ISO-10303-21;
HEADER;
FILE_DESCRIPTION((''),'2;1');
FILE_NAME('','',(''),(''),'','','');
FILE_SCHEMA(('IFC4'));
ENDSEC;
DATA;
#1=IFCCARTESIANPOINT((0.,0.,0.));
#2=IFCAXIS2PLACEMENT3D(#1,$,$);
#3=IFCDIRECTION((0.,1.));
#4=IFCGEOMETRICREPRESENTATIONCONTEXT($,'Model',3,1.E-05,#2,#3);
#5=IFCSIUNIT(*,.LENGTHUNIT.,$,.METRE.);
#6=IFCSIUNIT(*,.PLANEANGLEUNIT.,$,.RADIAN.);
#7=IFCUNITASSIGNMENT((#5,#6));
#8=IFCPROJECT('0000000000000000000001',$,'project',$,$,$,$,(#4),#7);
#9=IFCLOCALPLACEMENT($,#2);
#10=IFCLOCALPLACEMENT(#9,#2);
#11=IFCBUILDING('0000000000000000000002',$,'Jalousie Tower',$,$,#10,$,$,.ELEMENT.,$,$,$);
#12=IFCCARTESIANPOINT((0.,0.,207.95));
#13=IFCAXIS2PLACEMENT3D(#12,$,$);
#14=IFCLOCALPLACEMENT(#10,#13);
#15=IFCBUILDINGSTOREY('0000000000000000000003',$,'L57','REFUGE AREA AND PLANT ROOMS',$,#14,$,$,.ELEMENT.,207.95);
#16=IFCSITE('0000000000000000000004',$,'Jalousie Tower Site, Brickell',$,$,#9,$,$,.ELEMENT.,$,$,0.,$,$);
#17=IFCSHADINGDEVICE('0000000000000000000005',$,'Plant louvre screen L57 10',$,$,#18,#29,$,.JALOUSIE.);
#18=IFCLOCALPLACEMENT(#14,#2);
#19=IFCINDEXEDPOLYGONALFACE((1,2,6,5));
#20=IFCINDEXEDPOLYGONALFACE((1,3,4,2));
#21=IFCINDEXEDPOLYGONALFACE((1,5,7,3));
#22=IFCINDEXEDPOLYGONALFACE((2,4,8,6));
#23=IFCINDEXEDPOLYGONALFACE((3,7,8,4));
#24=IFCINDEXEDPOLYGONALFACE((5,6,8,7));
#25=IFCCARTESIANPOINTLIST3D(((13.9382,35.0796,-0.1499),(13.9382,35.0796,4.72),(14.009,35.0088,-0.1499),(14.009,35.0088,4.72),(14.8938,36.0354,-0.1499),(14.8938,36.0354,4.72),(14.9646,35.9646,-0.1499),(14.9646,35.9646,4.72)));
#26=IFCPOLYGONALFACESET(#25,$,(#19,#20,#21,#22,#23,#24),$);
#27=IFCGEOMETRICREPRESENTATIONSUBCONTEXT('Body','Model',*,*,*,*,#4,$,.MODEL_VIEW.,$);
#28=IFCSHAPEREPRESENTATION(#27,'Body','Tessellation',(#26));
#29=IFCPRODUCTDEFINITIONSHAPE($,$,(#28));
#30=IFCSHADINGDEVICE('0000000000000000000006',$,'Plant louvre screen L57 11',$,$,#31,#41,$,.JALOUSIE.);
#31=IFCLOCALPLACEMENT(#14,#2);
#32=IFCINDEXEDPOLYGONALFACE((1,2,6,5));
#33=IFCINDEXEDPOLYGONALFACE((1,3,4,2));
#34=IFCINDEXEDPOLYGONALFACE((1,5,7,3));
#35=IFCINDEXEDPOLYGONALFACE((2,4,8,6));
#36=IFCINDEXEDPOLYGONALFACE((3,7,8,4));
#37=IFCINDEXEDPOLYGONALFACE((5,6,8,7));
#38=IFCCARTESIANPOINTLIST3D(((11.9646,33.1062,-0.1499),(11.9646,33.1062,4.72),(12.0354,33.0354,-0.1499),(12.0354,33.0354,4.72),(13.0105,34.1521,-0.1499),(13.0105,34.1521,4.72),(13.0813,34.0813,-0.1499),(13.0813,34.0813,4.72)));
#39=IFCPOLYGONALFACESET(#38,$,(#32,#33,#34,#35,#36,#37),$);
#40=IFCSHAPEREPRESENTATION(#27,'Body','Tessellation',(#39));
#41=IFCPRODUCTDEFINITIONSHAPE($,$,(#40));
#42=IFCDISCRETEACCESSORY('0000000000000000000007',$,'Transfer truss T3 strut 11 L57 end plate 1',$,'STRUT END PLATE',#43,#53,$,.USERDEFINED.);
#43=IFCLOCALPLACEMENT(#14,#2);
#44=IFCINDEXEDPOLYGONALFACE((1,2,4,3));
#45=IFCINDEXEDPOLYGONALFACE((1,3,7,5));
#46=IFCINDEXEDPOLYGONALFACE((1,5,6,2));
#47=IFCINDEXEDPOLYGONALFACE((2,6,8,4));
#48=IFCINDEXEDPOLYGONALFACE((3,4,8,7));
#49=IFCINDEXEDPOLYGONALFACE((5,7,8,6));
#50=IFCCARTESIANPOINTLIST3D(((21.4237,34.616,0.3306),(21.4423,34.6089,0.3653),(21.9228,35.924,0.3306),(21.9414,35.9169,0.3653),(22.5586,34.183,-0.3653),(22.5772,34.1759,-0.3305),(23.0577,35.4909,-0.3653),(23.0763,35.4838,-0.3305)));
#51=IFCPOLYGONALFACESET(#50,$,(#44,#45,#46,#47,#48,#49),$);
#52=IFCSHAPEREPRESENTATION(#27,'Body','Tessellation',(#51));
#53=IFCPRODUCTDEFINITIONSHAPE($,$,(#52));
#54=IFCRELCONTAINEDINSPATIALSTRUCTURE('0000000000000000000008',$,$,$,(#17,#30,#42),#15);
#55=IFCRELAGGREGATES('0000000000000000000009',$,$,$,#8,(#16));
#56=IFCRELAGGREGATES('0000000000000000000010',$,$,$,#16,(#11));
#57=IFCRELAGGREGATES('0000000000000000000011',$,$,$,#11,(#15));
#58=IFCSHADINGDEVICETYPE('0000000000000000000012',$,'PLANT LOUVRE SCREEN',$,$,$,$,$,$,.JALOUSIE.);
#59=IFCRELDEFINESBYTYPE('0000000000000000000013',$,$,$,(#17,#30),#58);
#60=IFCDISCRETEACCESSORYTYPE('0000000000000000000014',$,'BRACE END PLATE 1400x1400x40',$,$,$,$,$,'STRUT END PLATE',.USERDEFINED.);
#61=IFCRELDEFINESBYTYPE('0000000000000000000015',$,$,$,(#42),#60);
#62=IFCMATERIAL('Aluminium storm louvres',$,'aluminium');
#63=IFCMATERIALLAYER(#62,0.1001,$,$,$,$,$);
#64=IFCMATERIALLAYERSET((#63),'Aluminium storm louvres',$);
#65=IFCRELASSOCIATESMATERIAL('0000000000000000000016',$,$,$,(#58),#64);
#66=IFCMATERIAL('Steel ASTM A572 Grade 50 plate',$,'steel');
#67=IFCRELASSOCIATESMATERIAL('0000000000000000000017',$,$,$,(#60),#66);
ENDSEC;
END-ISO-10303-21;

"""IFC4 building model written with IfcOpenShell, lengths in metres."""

from ifc_helpers import new_model, si_unit, direction, frame, origin, origin_2d, place, context, subcontext, project, spatial, polyline, rectangle, outline, extrude, material, layer, layer_set, material_profile, profile_set, type_object, element, save


model = new_model("IFC4")

# Units and contexts
model_context = context("Model", 3, precision=1e-05, world=origin(), true_north=direction((0.0, 1.0)))
body_context = subcontext(model_context, "Body", "Model", "MODEL_VIEW")
ifc_project = project(units=[si_unit("LENGTHUNIT", "METRE"), si_unit("PLANEANGLEUNIT", "RADIAN")], contexts=[model_context])

# Site, building, storey
site_placement = place(None, origin())
site = spatial("IfcSite", under=ifc_project, at=site_placement, Name="Jalousie Tower Site, Brickell", CompositionType="ELEMENT", RefElevation=0.0)
building_placement = place(site_placement, origin())
building = spatial("IfcBuilding", under=site, at=building_placement, Name="Jalousie Tower", CompositionType="ELEMENT")
storey_placement = place(building_placement, frame((0.0, 0.0, 207.95)))
storey = spatial("IfcBuildingStorey", under=building, at=storey_placement, Name="L57", Description="REFUGE AREA AND PLANT ROOMS", CompositionType="ELEMENT", Elevation=207.95)

# Shading devices
ifc_material_1 = material(Name="Aluminium storm louvres", Category="aluminium")
ifc_layer_1 = layer(ifc_material_1, 0.1001)
ifc_layer_set_1 = layer_set([ifc_layer_1], Name="Aluminium storm louvres")
shading_device_type = type_object("IfcShadingDeviceType", Name="PLANT LOUVRE SCREEN", PredefinedType="JALOUSIE", material=ifc_layer_set_1)
shading_device_1_placement = place(storey_placement, frame((14.8938, 36.0354, 4.72), z_axis=(-0.707197, 0.707016, 0.0), x_axis=(0.0, 0.0, -1.0)))
element("IfcShadingDevice", 1, at=shading_device_1_placement, inside=storey, type_object=shading_device_type, Name="Plant louvre screen L57 10", PredefinedType="JALOUSIE", context=body_context, shape_type="SweptSolid", body=[
    extrude(outline(polyline([(0.0, 0.0), (4.8699, 0.0), (4.8699, 1.3515), (0.0, 1.3515), (0.0, 0.0)])), origin(), (0.0, 0.0, -1.0), 0.1001),
])
shading_device_2_placement = place(storey_placement, frame((11.9646, 33.1062, 4.72), z_axis=(-0.707107, 0.707107, 0.0), x_axis=(0.707107, 0.707107, 0.0)))
element("IfcShadingDevice", 2, at=shading_device_2_placement, inside=storey, type_object=shading_device_type, Name="Plant louvre screen L57 11", PredefinedType="JALOUSIE", context=body_context, shape_type="SweptSolid", body=[
    extrude(outline(polyline([(0.0, 0.0), (1.4791, 0.0), (1.4791, 4.8699), (0.0, 4.8699), (0.0, 0.0)])), origin(), (0.0, 0.0, -1.0), 0.1001),
])

# Discrete accessory
ifc_material_2 = material(Name="Steel ASTM A572 Grade 50 plate", Category="steel")
ifc_material_profile_1 = material_profile(ifc_material_2, rectangle(XDim=1.3999, YDim=1.3999, at=origin_2d()), Name="BRACE END PLATE 1400x1400x40")
ifc_profile_set_1 = profile_set([ifc_material_profile_1], Name="Steel ASTM A572 Grade 50 plate")
discrete_accessory_type = type_object("IfcDiscreteAccessoryType", Name="BRACE END PLATE 1400x1400x40", ElementType="STRUT END PLATE", PredefinedType="USERDEFINED", material=ifc_profile_set_1)
discrete_accessory_placement = place(storey_placement, frame((22.2407, 35.0535, -0.0173), z_axis=(0.464409, -0.177209, 0.867711), x_axis=(0.356506, 0.934293, 0.0)))
element("IfcDiscreteAccessory", 3, at=discrete_accessory_placement, inside=storey, type_object=discrete_accessory_type, Name="Transfer truss T3 strut 11 L57 end plate 1", ObjectType="STRUT END PLATE", PredefinedType="USERDEFINED", context=body_context, shape_type="SweptSolid", body=[
    extrude(rectangle(XDim=1.3999, YDim=1.3999, at=origin_2d()), origin(), (0.0, 0.0, 1.0), 0.04),
])

save(model, "model.ifc")
